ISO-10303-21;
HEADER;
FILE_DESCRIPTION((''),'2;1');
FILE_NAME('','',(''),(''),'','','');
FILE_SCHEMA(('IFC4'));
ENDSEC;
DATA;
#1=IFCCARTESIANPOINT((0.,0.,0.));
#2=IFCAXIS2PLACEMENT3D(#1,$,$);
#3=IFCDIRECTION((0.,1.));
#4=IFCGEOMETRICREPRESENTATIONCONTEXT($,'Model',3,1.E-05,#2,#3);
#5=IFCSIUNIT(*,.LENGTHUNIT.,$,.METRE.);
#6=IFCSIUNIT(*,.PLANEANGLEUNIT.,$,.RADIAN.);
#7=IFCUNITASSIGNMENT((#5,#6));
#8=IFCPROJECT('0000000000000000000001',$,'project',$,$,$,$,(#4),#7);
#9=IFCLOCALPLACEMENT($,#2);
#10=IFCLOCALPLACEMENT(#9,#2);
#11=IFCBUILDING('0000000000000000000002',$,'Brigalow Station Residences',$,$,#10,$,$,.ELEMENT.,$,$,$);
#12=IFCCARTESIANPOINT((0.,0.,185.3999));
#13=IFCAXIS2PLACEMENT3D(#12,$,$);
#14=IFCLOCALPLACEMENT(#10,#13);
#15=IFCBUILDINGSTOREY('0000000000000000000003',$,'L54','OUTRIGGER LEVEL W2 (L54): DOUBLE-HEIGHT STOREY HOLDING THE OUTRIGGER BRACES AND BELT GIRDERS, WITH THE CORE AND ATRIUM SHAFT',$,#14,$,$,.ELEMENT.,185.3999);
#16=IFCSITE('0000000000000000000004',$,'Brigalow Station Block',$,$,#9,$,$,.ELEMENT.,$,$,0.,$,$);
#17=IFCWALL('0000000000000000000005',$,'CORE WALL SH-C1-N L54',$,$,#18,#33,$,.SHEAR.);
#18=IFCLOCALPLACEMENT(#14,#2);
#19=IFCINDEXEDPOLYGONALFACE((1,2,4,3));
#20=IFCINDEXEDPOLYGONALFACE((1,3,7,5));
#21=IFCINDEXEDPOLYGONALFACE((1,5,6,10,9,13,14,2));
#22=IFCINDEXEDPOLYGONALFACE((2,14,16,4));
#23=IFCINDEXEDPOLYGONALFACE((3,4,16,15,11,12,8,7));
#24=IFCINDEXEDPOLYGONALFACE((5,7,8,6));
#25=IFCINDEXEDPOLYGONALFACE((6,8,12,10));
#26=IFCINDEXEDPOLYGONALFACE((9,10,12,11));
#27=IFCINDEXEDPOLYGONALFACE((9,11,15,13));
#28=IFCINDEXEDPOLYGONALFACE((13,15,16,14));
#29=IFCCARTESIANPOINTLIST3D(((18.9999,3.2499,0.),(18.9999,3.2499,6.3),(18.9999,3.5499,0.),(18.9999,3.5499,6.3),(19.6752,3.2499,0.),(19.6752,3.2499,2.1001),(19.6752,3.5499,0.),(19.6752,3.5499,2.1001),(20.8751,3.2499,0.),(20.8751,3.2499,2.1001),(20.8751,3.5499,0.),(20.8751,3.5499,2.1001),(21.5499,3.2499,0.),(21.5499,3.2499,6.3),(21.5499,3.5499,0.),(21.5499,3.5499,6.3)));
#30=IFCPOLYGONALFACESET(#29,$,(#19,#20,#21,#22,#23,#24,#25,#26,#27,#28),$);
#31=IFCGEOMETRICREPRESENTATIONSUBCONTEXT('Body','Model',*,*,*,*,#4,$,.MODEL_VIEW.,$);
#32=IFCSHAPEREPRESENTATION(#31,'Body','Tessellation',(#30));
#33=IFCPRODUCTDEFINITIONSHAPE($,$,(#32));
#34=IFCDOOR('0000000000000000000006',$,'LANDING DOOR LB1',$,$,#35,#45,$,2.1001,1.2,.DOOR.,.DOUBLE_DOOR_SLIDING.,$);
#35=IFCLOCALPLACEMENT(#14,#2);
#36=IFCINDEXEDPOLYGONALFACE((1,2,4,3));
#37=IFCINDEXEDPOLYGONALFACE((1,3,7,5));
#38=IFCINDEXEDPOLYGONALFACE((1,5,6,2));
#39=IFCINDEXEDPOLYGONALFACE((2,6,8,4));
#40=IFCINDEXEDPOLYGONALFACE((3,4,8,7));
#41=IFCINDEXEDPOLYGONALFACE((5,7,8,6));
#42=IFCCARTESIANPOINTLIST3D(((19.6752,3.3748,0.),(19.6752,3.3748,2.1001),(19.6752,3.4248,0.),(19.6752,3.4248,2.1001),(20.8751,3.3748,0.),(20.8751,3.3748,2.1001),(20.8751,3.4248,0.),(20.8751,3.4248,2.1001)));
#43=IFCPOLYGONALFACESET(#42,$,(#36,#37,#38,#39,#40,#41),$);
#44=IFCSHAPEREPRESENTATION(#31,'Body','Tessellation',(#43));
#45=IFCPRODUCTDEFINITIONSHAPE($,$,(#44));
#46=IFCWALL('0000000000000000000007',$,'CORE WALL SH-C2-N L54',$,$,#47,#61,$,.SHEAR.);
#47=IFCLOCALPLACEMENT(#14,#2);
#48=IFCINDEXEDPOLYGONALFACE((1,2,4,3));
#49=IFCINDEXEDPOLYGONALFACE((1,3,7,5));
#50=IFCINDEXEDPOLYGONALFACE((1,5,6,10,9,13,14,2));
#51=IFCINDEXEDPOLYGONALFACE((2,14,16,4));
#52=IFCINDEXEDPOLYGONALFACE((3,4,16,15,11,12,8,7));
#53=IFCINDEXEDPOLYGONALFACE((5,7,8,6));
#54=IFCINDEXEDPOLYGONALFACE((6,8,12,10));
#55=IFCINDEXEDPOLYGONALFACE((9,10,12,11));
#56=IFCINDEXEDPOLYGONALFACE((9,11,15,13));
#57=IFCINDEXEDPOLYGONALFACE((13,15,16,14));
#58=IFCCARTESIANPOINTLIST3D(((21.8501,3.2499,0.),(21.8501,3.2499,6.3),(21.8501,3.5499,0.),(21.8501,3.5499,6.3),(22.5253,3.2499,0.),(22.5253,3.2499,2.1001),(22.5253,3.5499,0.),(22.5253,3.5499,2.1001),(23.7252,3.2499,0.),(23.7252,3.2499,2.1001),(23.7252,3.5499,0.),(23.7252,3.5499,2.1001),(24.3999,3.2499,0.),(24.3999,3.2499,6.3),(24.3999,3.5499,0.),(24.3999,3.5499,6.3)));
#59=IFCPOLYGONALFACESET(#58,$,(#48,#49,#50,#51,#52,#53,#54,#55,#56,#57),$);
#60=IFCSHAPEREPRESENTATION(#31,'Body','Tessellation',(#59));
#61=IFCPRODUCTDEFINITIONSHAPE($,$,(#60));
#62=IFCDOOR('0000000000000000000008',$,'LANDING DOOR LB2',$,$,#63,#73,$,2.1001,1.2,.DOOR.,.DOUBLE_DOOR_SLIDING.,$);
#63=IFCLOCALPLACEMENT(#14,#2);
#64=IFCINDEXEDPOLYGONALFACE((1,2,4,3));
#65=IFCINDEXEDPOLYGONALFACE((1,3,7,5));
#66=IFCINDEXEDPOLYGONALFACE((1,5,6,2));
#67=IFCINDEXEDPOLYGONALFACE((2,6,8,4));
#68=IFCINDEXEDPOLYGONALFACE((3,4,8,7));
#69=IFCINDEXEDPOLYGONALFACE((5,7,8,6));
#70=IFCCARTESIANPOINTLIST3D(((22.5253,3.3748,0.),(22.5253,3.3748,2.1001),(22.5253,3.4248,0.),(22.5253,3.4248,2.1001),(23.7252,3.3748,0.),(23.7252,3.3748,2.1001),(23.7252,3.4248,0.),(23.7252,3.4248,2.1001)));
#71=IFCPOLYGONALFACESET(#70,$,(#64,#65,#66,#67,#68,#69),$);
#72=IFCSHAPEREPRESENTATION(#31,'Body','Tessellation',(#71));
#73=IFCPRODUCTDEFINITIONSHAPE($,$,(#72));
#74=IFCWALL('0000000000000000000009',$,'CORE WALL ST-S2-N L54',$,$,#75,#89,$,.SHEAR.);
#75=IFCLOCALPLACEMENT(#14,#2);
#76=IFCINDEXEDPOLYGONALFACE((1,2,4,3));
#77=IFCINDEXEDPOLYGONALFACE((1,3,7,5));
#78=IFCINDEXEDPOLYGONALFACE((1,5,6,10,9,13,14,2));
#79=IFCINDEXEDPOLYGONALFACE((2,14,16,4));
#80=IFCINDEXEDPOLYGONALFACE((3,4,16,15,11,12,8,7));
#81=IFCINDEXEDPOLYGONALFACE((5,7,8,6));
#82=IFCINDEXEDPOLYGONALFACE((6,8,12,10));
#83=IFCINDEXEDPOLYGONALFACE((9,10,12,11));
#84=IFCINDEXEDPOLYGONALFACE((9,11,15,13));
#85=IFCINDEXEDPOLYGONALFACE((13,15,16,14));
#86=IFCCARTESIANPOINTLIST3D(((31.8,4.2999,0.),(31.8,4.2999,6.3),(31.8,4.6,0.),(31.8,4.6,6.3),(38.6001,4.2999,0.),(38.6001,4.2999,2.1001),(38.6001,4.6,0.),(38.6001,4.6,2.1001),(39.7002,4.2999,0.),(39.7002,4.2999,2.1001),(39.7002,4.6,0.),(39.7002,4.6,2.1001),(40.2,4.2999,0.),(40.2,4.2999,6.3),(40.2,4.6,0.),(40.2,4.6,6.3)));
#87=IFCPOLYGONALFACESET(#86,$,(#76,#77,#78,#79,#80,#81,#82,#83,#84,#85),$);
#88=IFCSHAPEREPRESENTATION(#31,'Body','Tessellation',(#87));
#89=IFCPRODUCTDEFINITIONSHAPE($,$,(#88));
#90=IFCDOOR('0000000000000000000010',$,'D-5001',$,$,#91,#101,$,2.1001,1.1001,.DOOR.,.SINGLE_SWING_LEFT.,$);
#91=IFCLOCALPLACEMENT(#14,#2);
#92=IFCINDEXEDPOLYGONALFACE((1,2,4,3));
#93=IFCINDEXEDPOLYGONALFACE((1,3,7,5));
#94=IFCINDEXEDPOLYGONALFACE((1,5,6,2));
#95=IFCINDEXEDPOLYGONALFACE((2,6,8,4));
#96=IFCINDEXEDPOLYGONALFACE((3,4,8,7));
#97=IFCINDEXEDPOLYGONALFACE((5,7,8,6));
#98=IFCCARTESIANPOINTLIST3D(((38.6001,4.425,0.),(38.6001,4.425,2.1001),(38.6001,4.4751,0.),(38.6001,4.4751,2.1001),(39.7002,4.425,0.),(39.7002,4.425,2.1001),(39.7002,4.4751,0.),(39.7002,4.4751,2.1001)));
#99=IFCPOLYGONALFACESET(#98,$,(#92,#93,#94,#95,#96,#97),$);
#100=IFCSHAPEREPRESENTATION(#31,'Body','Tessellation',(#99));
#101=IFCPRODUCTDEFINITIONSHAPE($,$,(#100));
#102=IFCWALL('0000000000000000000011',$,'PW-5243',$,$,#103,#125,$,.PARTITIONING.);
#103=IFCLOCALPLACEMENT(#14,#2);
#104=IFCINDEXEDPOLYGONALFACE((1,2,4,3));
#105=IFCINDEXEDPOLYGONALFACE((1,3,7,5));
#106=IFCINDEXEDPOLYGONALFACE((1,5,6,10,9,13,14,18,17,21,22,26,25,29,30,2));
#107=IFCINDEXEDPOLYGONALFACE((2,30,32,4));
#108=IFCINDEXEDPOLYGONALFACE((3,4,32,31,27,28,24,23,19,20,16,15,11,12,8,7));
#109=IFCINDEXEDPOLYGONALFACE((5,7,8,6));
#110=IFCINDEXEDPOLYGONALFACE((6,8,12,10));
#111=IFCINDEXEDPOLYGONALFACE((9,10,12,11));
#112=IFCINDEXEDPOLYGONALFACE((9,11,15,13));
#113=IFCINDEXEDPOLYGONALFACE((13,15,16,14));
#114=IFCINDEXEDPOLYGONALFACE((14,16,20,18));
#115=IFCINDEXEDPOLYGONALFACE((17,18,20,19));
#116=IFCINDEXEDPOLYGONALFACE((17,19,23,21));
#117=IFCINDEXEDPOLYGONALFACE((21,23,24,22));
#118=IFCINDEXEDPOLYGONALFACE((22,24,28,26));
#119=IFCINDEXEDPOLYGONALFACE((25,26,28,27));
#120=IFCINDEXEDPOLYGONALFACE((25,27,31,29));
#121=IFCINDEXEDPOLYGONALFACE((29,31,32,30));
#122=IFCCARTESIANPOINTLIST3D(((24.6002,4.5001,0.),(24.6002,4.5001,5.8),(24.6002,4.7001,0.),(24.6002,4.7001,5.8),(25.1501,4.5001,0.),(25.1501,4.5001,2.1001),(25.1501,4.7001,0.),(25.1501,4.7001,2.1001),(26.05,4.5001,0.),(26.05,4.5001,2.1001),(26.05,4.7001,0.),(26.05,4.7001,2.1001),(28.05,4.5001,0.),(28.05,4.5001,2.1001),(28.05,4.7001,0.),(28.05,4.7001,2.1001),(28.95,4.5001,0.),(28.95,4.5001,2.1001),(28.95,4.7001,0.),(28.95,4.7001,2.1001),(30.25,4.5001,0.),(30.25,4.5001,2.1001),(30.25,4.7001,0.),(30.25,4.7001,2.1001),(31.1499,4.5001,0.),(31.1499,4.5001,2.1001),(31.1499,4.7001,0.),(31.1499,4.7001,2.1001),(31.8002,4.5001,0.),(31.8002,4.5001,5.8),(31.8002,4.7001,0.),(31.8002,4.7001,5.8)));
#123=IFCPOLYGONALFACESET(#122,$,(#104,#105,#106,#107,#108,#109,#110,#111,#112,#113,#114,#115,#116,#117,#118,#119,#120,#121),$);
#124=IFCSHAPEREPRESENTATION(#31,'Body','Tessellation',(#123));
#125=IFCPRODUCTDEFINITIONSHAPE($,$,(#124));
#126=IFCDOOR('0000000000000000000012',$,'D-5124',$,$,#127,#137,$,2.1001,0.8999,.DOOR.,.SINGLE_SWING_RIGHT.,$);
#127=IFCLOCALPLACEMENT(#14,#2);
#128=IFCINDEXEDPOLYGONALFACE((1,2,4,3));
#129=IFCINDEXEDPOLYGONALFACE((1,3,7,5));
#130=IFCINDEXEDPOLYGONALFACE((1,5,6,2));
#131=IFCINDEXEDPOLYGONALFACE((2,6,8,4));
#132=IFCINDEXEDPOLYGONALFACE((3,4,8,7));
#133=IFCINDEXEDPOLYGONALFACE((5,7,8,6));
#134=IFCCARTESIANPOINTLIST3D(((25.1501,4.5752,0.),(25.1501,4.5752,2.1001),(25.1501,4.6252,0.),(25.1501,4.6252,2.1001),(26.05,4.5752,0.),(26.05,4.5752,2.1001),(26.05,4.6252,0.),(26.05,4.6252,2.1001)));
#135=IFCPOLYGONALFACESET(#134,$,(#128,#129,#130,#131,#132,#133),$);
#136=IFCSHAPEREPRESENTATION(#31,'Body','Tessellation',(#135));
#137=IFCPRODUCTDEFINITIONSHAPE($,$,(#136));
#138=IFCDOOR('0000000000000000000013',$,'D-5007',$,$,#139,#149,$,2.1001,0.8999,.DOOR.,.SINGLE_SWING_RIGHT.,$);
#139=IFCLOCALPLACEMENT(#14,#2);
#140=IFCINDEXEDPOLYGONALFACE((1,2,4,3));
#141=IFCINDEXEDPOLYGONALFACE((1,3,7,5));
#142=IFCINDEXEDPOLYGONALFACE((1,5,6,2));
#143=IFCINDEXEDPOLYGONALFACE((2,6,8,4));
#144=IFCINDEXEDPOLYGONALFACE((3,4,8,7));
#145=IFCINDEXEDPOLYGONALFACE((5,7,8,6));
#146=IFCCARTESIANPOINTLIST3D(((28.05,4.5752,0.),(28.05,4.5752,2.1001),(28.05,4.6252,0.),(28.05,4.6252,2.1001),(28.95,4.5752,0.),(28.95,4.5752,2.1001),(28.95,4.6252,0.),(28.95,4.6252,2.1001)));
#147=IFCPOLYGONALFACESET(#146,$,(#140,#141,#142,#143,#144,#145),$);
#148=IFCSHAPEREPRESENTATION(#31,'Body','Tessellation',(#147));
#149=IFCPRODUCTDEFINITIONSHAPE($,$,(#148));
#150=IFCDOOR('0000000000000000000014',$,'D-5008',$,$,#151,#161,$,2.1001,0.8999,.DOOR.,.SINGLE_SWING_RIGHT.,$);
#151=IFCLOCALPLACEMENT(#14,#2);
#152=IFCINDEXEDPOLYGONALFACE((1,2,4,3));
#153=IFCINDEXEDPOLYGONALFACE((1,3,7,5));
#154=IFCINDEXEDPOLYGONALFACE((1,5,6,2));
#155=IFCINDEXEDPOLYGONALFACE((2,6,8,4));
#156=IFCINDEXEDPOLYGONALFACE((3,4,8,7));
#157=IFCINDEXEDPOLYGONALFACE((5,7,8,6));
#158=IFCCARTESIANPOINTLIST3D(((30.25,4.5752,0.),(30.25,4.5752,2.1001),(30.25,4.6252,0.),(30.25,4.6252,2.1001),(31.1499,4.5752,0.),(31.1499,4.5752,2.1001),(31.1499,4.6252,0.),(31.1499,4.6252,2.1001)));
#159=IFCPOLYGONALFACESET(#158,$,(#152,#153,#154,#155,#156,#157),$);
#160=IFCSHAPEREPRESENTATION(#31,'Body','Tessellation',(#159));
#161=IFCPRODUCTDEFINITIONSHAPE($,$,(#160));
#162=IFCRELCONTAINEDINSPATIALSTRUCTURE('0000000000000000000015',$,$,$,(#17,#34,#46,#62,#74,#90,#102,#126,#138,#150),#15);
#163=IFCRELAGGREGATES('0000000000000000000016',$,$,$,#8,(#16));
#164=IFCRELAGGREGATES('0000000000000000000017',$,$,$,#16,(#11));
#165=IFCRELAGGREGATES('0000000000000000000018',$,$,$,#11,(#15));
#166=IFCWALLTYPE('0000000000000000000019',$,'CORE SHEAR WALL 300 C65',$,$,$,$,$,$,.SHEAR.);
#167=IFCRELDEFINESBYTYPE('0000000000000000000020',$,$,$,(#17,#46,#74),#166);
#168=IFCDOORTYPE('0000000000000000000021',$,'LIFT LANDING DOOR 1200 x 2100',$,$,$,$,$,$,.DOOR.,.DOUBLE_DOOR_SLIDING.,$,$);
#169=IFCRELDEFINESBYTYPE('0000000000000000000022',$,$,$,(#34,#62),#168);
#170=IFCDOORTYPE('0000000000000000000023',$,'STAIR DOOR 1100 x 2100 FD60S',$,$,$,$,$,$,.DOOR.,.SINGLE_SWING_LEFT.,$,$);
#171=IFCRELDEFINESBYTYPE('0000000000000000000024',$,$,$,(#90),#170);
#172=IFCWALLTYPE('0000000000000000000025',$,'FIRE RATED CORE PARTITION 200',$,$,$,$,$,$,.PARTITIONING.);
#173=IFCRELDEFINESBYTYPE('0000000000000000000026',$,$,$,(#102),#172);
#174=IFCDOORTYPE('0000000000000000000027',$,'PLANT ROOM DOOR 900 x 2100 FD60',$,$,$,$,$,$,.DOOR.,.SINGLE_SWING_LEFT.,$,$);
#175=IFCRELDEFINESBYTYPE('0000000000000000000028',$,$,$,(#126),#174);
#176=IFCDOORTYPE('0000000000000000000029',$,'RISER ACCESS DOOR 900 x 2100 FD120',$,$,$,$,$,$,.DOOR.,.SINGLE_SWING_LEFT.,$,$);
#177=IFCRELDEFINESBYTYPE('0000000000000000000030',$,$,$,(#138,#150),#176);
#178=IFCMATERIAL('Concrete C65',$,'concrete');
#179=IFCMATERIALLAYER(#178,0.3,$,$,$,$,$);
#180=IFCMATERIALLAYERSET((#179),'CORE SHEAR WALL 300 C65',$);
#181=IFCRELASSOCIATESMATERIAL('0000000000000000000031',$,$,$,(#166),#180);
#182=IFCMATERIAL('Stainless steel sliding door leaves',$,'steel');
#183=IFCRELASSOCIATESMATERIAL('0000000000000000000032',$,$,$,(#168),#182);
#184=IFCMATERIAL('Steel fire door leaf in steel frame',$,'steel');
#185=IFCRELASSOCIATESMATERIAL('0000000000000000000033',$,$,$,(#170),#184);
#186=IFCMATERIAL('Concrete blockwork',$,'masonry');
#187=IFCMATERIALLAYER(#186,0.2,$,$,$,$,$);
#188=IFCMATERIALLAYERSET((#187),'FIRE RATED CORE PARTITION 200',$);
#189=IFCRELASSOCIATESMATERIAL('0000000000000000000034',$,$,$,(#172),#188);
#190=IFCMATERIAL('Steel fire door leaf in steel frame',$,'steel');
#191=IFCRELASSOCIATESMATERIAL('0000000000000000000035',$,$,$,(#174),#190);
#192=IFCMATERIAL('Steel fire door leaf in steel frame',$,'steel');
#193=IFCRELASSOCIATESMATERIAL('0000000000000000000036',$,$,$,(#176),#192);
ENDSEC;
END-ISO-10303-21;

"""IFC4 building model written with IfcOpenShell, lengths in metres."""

from ifc_helpers import new_model, si_unit, direction, frame, frame_2d, origin, place, context, subcontext, project, spatial, rectangle, extrude, material, layer, layer_set, type_object, element, fill, save


model = new_model("IFC4")

# Units and contexts
model_context = context("Model", 3, precision=1e-05, world=origin(), true_north=direction((0.0, 1.0)))
body_context = subcontext(model_context, "Body", "Model", "MODEL_VIEW")
ifc_project = project(units=[si_unit("LENGTHUNIT", "METRE"), si_unit("PLANEANGLEUNIT", "RADIAN")], contexts=[model_context])

# Site, building, storey
site_placement = place(None, origin())
site = spatial("IfcSite", under=ifc_project, at=site_placement, Name="Brigalow Station Block", CompositionType="ELEMENT", RefElevation=0.0)
building_placement = place(site_placement, origin())
building = spatial("IfcBuilding", under=site, at=building_placement, Name="Brigalow Station Residences", CompositionType="ELEMENT")
storey_placement = place(building_placement, frame((0.0, 0.0, 185.3999)))
storey = spatial("IfcBuildingStorey", under=building, at=storey_placement, Name="L54", Description="OUTRIGGER LEVEL W2 (L54): DOUBLE-HEIGHT STOREY HOLDING THE OUTRIGGER BRACES AND BELT GIRDERS, WITH THE CORE AND ATRIUM SHAFT", CompositionType="ELEMENT", Elevation=185.3999)

# Walls, openings, doors
ifc_material_1 = material(Name="Concrete C65", Category="concrete")
ifc_layer_1 = layer(ifc_material_1, 0.3)
ifc_layer_set_1 = layer_set([ifc_layer_1], Name="CORE SHEAR WALL 300 C65")
wall_type_1 = type_object("IfcWallType", Name="CORE SHEAR WALL 300 C65", PredefinedType="SHEAR", material=ifc_layer_set_1)
wall_1_placement = place(storey_placement, frame((19.0, 3.3999, 0.0), z_axis=(0.0, 0.0, 1.0), x_axis=(1.0, 0.0, 0.0)))
wall_1 = element("IfcWall", 1, at=wall_1_placement, inside=storey, type_object=wall_type_1, Name="CORE WALL SH-C1-N L54", PredefinedType="SHEAR", context=body_context, shape_type="SweptSolid", body=[
    extrude(rectangle(XDim=2.55, YDim=0.3, at=frame_2d((1.2749, 0.0))), origin(), (0.0, 0.0, 1.0), 6.3),
])
opening_1_placement = place(wall_1_placement, frame((0.675, 0.0, 0.0)))
opening_1 = element("IfcOpeningElement", 2, at=opening_1_placement, cuts=wall_1, PredefinedType="OPENING", context=body_context, shape_type="SweptSolid", body=[
    extrude(rectangle(XDim=1.2, YDim=2.1001, at=frame_2d((0.6001, 1.05))), frame((0.0, 0.1602, 0.0), z_axis=(0.0, -1.0, 0.0), x_axis=(1.0, 0.0, 0.0)), (0.0, 0.0, 1.0), 0.3201),
])
ifc_material_2 = material(Name="Stainless steel sliding door leaves", Category="steel")
door_type_1 = type_object("IfcDoorType", Name="LIFT LANDING DOOR 1200 x 2100", OperationType="DOUBLE_DOOR_SLIDING", PredefinedType="DOOR", material=ifc_material_2)
door_1_placement = place(opening_1_placement, origin())
door_1 = element("IfcDoor", 3, at=door_1_placement, inside=storey, type_object=door_type_1, Name="LANDING DOOR LB1", OperationType="DOUBLE_DOOR_SLIDING", OverallHeight=2.1001, OverallWidth=1.2, PredefinedType="DOOR", context=body_context, shape_type="SweptSolid", body=[
    extrude(rectangle(XDim=1.2, YDim=2.1001, at=frame_2d((0.6001, 1.05))), frame((0.0, 0.0249, 0.0), z_axis=(0.0, -1.0, 0.0), x_axis=(1.0, 0.0, 0.0)), (0.0, 0.0, 1.0), 0.05),
])
fill(opening_1, door_1)
wall_2_placement = place(storey_placement, frame((21.8501, 3.3999, 0.0), z_axis=(0.0, 0.0, 1.0), x_axis=(1.0, 0.0, 0.0)))
wall_2 = element("IfcWall", 4, at=wall_2_placement, inside=storey, type_object=wall_type_1, Name="CORE WALL SH-C2-N L54", PredefinedType="SHEAR", context=body_context, shape_type="SweptSolid", body=[
    extrude(rectangle(XDim=2.5498, YDim=0.3, at=frame_2d((1.2749, 0.0))), origin(), (0.0, 0.0, 1.0), 6.3),
])
opening_2_placement = place(wall_2_placement, frame((0.675, 0.0, 0.0)))
opening_2 = element("IfcOpeningElement", 5, at=opening_2_placement, cuts=wall_2, PredefinedType="OPENING", context=body_context, shape_type="SweptSolid", body=[
    extrude(rectangle(XDim=1.2, YDim=2.1001, at=frame_2d((0.6001, 1.05))), frame((0.0, 0.1602, 0.0), z_axis=(0.0, -1.0, 0.0), x_axis=(1.0, 0.0, 0.0)), (0.0, 0.0, 1.0), 0.3201),
])
door_2_placement = place(opening_2_placement, origin())
door_2 = element("IfcDoor", 6, at=door_2_placement, inside=storey, type_object=door_type_1, Name="LANDING DOOR LB2", OperationType="DOUBLE_DOOR_SLIDING", OverallHeight=2.1001, OverallWidth=1.2, PredefinedType="DOOR", context=body_context, shape_type="SweptSolid", body=[
    extrude(rectangle(XDim=1.2, YDim=2.1001, at=frame_2d((0.6001, 1.05))), frame((0.0, 0.0249, 0.0), z_axis=(0.0, -1.0, 0.0), x_axis=(1.0, 0.0, 0.0)), (0.0, 0.0, 1.0), 0.05),
])
fill(opening_2, door_2)
wall_3_placement = place(storey_placement, frame((31.8, 4.45, 0.0), z_axis=(0.0, 0.0, 1.0), x_axis=(1.0, 0.0, 0.0)))
wall_3 = element("IfcWall", 7, at=wall_3_placement, inside=storey, type_object=wall_type_1, Name="CORE WALL ST-S2-N L54", PredefinedType="SHEAR", context=body_context, shape_type="SweptSolid", body=[
    extrude(rectangle(XDim=8.3999, YDim=0.3, at=frame_2d((4.2, 0.0))), origin(), (0.0, 0.0, 1.0), 6.3),
])
opening_3_placement = place(wall_3_placement, frame((6.8, 0.0, 0.0)))
opening_3 = element("IfcOpeningElement", 8, at=opening_3_placement, cuts=wall_3, PredefinedType="OPENING", context=body_context, shape_type="SweptSolid", body=[
    extrude(rectangle(XDim=1.1001, YDim=2.1001, at=frame_2d((0.55, 1.05))), frame((0.0, 0.1602, 0.0), z_axis=(0.0, -1.0, 0.0), x_axis=(1.0, 0.0, 0.0)), (0.0, 0.0, 1.0), 0.3201),
])
ifc_material_3 = material(Name="Steel fire door leaf in steel frame", Category="steel")
door_type_2 = type_object("IfcDoorType", Name="STAIR DOOR 1100 x 2100 FD60S", OperationType="SINGLE_SWING_LEFT", PredefinedType="DOOR", material=ifc_material_3)
door_3_placement = place(opening_3_placement, frame((1.1001, 0.0, 0.0), z_axis=(0.0, 0.0, 1.0), x_axis=(-1.0, 0.0, 0.0)))
door_3 = element("IfcDoor", 9, at=door_3_placement, inside=storey, type_object=door_type_2, Name="D-5001", OperationType="SINGLE_SWING_LEFT", OverallHeight=2.1001, OverallWidth=1.1001, PredefinedType="DOOR", context=body_context, shape_type="SweptSolid", body=[
    extrude(rectangle(XDim=1.1001, YDim=2.1001, at=frame_2d((0.55, 1.05))), frame((0.0, 0.0249, 0.0), z_axis=(0.0, -1.0, 0.0), x_axis=(1.0, 0.0, 0.0)), (0.0, 0.0, 1.0), 0.05),
])
fill(opening_3, door_3)

# Wall, openings, doors
ifc_material_4 = material(Name="Concrete blockwork", Category="masonry")
ifc_layer_2 = layer(ifc_material_4, 0.2)
ifc_layer_set_2 = layer_set([ifc_layer_2], Name="FIRE RATED CORE PARTITION 200")
wall_type_2 = type_object("IfcWallType", Name="FIRE RATED CORE PARTITION 200", PredefinedType="PARTITIONING", material=ifc_layer_set_2)
wall_4_placement = place(storey_placement, frame((24.6001, 4.6001, 0.0), z_axis=(0.0, 0.0, 1.0), x_axis=(1.0, 0.0, 0.0)))
wall_4 = element("IfcWall", 10, at=wall_4_placement, inside=storey, type_object=wall_type_2, Name="PW-5243", PredefinedType="PARTITIONING", context=body_context, shape_type="SweptSolid", body=[
    extrude(rectangle(XDim=7.2, YDim=0.2, at=frame_2d((3.6001, 0.0))), origin(), (0.0, 0.0, 1.0), 5.8),
])
opening_4_placement = place(wall_4_placement, frame((0.55, 0.0, 0.0)))
opening_4 = element("IfcOpeningElement", 11, at=opening_4_placement, cuts=wall_4, PredefinedType="OPENING", context=body_context, shape_type="SweptSolid", body=[
    extrude(rectangle(XDim=0.8999, YDim=2.1001, at=frame_2d((0.45, 1.05))), frame((0.0, 0.1099, 0.0), z_axis=(0.0, -1.0, 0.0), x_axis=(1.0, 0.0, 0.0)), (0.0, 0.0, 1.0), 0.22),
])
opening_5_placement = place(wall_4_placement, frame((3.45, 0.0, 0.0)))
opening_5 = element("IfcOpeningElement", 12, at=opening_5_placement, cuts=wall_4, PredefinedType="OPENING", context=body_context, shape_type="SweptSolid", body=[
    extrude(rectangle(XDim=0.8999, YDim=2.1001, at=frame_2d((0.45, 1.05))), frame((0.0, 0.1099, 0.0), z_axis=(0.0, -1.0, 0.0), x_axis=(1.0, 0.0, 0.0)), (0.0, 0.0, 1.0), 0.22),
])
opening_6_placement = place(wall_4_placement, frame((5.6499, 0.0, 0.0)))
opening_6 = element("IfcOpeningElement", 13, at=opening_6_placement, cuts=wall_4, PredefinedType="OPENING", context=body_context, shape_type="SweptSolid", body=[
    extrude(rectangle(XDim=0.8999, YDim=2.1001, at=frame_2d((0.45, 1.05))), frame((0.0, 0.1099, 0.0), z_axis=(0.0, -1.0, 0.0), x_axis=(1.0, 0.0, 0.0)), (0.0, 0.0, 1.0), 0.22),
])
ifc_material_5 = material(Name="Steel fire door leaf in steel frame", Category="steel")
door_type_3 = type_object("IfcDoorType", Name="PLANT ROOM DOOR 900 x 2100 FD60", OperationType="SINGLE_SWING_LEFT", PredefinedType="DOOR", material=ifc_material_5)
door_4_placement = place(opening_4_placement, frame((0.8999, 0.0, 0.0), z_axis=(0.0, 0.0, 1.0), x_axis=(-1.0, 0.0, 0.0)))
door_4 = element("IfcDoor", 14, at=door_4_placement, inside=storey, type_object=door_type_3, Name="D-5124", OperationType="SINGLE_SWING_RIGHT", OverallHeight=2.1001, OverallWidth=0.8999, PredefinedType="DOOR", context=body_context, shape_type="SweptSolid", body=[
    extrude(rectangle(XDim=0.8999, YDim=2.1001, at=frame_2d((0.45, 1.05))), frame((0.0, 0.0249, 0.0), z_axis=(0.0, -1.0, 0.0), x_axis=(1.0, 0.0, 0.0)), (0.0, 0.0, 1.0), 0.05),
])
fill(opening_4, door_4)
ifc_material_6 = material(Name="Steel fire door leaf in steel frame", Category="steel")
door_type_4 = type_object("IfcDoorType", Name="RISER ACCESS DOOR 900 x 2100 FD120", OperationType="SINGLE_SWING_LEFT", PredefinedType="DOOR", material=ifc_material_6)
door_5_placement = place(opening_5_placement, frame((0.8999, 0.0, 0.0), z_axis=(0.0, 0.0, 1.0), x_axis=(-1.0, 0.0, 0.0)))
door_5 = element("IfcDoor", 15, at=door_5_placement, inside=storey, type_object=door_type_4, Name="D-5007", OperationType="SINGLE_SWING_RIGHT", OverallHeight=2.1001, OverallWidth=0.8999, PredefinedType="DOOR", context=body_context, shape_type="SweptSolid", body=[
    extrude(rectangle(XDim=0.8999, YDim=2.1001, at=frame_2d((0.45, 1.05))), frame((0.0, 0.0249, 0.0), z_axis=(0.0, -1.0, 0.0), x_axis=(1.0, 0.0, 0.0)), (0.0, 0.0, 1.0), 0.05),
])
fill(opening_5, door_5)
door_6_placement = place(opening_6_placement, frame((0.8999, 0.0, 0.0), z_axis=(0.0, 0.0, 1.0), x_axis=(-1.0, 0.0, 0.0)))
door_6 = element("IfcDoor", 16, at=door_6_placement, inside=storey, type_object=door_type_4, Name="D-5008", OperationType="SINGLE_SWING_RIGHT", OverallHeight=2.1001, OverallWidth=0.8999, PredefinedType="DOOR", context=body_context, shape_type="SweptSolid", body=[
    extrude(rectangle(XDim=0.8999, YDim=2.1001, at=frame_2d((0.45, 1.05))), frame((0.0, 0.0249, 0.0), z_axis=(0.0, -1.0, 0.0), x_axis=(1.0, 0.0, 0.0)), (0.0, 0.0, 1.0), 0.05),
])
fill(opening_6, door_6)

save(model, "model.ifc")
